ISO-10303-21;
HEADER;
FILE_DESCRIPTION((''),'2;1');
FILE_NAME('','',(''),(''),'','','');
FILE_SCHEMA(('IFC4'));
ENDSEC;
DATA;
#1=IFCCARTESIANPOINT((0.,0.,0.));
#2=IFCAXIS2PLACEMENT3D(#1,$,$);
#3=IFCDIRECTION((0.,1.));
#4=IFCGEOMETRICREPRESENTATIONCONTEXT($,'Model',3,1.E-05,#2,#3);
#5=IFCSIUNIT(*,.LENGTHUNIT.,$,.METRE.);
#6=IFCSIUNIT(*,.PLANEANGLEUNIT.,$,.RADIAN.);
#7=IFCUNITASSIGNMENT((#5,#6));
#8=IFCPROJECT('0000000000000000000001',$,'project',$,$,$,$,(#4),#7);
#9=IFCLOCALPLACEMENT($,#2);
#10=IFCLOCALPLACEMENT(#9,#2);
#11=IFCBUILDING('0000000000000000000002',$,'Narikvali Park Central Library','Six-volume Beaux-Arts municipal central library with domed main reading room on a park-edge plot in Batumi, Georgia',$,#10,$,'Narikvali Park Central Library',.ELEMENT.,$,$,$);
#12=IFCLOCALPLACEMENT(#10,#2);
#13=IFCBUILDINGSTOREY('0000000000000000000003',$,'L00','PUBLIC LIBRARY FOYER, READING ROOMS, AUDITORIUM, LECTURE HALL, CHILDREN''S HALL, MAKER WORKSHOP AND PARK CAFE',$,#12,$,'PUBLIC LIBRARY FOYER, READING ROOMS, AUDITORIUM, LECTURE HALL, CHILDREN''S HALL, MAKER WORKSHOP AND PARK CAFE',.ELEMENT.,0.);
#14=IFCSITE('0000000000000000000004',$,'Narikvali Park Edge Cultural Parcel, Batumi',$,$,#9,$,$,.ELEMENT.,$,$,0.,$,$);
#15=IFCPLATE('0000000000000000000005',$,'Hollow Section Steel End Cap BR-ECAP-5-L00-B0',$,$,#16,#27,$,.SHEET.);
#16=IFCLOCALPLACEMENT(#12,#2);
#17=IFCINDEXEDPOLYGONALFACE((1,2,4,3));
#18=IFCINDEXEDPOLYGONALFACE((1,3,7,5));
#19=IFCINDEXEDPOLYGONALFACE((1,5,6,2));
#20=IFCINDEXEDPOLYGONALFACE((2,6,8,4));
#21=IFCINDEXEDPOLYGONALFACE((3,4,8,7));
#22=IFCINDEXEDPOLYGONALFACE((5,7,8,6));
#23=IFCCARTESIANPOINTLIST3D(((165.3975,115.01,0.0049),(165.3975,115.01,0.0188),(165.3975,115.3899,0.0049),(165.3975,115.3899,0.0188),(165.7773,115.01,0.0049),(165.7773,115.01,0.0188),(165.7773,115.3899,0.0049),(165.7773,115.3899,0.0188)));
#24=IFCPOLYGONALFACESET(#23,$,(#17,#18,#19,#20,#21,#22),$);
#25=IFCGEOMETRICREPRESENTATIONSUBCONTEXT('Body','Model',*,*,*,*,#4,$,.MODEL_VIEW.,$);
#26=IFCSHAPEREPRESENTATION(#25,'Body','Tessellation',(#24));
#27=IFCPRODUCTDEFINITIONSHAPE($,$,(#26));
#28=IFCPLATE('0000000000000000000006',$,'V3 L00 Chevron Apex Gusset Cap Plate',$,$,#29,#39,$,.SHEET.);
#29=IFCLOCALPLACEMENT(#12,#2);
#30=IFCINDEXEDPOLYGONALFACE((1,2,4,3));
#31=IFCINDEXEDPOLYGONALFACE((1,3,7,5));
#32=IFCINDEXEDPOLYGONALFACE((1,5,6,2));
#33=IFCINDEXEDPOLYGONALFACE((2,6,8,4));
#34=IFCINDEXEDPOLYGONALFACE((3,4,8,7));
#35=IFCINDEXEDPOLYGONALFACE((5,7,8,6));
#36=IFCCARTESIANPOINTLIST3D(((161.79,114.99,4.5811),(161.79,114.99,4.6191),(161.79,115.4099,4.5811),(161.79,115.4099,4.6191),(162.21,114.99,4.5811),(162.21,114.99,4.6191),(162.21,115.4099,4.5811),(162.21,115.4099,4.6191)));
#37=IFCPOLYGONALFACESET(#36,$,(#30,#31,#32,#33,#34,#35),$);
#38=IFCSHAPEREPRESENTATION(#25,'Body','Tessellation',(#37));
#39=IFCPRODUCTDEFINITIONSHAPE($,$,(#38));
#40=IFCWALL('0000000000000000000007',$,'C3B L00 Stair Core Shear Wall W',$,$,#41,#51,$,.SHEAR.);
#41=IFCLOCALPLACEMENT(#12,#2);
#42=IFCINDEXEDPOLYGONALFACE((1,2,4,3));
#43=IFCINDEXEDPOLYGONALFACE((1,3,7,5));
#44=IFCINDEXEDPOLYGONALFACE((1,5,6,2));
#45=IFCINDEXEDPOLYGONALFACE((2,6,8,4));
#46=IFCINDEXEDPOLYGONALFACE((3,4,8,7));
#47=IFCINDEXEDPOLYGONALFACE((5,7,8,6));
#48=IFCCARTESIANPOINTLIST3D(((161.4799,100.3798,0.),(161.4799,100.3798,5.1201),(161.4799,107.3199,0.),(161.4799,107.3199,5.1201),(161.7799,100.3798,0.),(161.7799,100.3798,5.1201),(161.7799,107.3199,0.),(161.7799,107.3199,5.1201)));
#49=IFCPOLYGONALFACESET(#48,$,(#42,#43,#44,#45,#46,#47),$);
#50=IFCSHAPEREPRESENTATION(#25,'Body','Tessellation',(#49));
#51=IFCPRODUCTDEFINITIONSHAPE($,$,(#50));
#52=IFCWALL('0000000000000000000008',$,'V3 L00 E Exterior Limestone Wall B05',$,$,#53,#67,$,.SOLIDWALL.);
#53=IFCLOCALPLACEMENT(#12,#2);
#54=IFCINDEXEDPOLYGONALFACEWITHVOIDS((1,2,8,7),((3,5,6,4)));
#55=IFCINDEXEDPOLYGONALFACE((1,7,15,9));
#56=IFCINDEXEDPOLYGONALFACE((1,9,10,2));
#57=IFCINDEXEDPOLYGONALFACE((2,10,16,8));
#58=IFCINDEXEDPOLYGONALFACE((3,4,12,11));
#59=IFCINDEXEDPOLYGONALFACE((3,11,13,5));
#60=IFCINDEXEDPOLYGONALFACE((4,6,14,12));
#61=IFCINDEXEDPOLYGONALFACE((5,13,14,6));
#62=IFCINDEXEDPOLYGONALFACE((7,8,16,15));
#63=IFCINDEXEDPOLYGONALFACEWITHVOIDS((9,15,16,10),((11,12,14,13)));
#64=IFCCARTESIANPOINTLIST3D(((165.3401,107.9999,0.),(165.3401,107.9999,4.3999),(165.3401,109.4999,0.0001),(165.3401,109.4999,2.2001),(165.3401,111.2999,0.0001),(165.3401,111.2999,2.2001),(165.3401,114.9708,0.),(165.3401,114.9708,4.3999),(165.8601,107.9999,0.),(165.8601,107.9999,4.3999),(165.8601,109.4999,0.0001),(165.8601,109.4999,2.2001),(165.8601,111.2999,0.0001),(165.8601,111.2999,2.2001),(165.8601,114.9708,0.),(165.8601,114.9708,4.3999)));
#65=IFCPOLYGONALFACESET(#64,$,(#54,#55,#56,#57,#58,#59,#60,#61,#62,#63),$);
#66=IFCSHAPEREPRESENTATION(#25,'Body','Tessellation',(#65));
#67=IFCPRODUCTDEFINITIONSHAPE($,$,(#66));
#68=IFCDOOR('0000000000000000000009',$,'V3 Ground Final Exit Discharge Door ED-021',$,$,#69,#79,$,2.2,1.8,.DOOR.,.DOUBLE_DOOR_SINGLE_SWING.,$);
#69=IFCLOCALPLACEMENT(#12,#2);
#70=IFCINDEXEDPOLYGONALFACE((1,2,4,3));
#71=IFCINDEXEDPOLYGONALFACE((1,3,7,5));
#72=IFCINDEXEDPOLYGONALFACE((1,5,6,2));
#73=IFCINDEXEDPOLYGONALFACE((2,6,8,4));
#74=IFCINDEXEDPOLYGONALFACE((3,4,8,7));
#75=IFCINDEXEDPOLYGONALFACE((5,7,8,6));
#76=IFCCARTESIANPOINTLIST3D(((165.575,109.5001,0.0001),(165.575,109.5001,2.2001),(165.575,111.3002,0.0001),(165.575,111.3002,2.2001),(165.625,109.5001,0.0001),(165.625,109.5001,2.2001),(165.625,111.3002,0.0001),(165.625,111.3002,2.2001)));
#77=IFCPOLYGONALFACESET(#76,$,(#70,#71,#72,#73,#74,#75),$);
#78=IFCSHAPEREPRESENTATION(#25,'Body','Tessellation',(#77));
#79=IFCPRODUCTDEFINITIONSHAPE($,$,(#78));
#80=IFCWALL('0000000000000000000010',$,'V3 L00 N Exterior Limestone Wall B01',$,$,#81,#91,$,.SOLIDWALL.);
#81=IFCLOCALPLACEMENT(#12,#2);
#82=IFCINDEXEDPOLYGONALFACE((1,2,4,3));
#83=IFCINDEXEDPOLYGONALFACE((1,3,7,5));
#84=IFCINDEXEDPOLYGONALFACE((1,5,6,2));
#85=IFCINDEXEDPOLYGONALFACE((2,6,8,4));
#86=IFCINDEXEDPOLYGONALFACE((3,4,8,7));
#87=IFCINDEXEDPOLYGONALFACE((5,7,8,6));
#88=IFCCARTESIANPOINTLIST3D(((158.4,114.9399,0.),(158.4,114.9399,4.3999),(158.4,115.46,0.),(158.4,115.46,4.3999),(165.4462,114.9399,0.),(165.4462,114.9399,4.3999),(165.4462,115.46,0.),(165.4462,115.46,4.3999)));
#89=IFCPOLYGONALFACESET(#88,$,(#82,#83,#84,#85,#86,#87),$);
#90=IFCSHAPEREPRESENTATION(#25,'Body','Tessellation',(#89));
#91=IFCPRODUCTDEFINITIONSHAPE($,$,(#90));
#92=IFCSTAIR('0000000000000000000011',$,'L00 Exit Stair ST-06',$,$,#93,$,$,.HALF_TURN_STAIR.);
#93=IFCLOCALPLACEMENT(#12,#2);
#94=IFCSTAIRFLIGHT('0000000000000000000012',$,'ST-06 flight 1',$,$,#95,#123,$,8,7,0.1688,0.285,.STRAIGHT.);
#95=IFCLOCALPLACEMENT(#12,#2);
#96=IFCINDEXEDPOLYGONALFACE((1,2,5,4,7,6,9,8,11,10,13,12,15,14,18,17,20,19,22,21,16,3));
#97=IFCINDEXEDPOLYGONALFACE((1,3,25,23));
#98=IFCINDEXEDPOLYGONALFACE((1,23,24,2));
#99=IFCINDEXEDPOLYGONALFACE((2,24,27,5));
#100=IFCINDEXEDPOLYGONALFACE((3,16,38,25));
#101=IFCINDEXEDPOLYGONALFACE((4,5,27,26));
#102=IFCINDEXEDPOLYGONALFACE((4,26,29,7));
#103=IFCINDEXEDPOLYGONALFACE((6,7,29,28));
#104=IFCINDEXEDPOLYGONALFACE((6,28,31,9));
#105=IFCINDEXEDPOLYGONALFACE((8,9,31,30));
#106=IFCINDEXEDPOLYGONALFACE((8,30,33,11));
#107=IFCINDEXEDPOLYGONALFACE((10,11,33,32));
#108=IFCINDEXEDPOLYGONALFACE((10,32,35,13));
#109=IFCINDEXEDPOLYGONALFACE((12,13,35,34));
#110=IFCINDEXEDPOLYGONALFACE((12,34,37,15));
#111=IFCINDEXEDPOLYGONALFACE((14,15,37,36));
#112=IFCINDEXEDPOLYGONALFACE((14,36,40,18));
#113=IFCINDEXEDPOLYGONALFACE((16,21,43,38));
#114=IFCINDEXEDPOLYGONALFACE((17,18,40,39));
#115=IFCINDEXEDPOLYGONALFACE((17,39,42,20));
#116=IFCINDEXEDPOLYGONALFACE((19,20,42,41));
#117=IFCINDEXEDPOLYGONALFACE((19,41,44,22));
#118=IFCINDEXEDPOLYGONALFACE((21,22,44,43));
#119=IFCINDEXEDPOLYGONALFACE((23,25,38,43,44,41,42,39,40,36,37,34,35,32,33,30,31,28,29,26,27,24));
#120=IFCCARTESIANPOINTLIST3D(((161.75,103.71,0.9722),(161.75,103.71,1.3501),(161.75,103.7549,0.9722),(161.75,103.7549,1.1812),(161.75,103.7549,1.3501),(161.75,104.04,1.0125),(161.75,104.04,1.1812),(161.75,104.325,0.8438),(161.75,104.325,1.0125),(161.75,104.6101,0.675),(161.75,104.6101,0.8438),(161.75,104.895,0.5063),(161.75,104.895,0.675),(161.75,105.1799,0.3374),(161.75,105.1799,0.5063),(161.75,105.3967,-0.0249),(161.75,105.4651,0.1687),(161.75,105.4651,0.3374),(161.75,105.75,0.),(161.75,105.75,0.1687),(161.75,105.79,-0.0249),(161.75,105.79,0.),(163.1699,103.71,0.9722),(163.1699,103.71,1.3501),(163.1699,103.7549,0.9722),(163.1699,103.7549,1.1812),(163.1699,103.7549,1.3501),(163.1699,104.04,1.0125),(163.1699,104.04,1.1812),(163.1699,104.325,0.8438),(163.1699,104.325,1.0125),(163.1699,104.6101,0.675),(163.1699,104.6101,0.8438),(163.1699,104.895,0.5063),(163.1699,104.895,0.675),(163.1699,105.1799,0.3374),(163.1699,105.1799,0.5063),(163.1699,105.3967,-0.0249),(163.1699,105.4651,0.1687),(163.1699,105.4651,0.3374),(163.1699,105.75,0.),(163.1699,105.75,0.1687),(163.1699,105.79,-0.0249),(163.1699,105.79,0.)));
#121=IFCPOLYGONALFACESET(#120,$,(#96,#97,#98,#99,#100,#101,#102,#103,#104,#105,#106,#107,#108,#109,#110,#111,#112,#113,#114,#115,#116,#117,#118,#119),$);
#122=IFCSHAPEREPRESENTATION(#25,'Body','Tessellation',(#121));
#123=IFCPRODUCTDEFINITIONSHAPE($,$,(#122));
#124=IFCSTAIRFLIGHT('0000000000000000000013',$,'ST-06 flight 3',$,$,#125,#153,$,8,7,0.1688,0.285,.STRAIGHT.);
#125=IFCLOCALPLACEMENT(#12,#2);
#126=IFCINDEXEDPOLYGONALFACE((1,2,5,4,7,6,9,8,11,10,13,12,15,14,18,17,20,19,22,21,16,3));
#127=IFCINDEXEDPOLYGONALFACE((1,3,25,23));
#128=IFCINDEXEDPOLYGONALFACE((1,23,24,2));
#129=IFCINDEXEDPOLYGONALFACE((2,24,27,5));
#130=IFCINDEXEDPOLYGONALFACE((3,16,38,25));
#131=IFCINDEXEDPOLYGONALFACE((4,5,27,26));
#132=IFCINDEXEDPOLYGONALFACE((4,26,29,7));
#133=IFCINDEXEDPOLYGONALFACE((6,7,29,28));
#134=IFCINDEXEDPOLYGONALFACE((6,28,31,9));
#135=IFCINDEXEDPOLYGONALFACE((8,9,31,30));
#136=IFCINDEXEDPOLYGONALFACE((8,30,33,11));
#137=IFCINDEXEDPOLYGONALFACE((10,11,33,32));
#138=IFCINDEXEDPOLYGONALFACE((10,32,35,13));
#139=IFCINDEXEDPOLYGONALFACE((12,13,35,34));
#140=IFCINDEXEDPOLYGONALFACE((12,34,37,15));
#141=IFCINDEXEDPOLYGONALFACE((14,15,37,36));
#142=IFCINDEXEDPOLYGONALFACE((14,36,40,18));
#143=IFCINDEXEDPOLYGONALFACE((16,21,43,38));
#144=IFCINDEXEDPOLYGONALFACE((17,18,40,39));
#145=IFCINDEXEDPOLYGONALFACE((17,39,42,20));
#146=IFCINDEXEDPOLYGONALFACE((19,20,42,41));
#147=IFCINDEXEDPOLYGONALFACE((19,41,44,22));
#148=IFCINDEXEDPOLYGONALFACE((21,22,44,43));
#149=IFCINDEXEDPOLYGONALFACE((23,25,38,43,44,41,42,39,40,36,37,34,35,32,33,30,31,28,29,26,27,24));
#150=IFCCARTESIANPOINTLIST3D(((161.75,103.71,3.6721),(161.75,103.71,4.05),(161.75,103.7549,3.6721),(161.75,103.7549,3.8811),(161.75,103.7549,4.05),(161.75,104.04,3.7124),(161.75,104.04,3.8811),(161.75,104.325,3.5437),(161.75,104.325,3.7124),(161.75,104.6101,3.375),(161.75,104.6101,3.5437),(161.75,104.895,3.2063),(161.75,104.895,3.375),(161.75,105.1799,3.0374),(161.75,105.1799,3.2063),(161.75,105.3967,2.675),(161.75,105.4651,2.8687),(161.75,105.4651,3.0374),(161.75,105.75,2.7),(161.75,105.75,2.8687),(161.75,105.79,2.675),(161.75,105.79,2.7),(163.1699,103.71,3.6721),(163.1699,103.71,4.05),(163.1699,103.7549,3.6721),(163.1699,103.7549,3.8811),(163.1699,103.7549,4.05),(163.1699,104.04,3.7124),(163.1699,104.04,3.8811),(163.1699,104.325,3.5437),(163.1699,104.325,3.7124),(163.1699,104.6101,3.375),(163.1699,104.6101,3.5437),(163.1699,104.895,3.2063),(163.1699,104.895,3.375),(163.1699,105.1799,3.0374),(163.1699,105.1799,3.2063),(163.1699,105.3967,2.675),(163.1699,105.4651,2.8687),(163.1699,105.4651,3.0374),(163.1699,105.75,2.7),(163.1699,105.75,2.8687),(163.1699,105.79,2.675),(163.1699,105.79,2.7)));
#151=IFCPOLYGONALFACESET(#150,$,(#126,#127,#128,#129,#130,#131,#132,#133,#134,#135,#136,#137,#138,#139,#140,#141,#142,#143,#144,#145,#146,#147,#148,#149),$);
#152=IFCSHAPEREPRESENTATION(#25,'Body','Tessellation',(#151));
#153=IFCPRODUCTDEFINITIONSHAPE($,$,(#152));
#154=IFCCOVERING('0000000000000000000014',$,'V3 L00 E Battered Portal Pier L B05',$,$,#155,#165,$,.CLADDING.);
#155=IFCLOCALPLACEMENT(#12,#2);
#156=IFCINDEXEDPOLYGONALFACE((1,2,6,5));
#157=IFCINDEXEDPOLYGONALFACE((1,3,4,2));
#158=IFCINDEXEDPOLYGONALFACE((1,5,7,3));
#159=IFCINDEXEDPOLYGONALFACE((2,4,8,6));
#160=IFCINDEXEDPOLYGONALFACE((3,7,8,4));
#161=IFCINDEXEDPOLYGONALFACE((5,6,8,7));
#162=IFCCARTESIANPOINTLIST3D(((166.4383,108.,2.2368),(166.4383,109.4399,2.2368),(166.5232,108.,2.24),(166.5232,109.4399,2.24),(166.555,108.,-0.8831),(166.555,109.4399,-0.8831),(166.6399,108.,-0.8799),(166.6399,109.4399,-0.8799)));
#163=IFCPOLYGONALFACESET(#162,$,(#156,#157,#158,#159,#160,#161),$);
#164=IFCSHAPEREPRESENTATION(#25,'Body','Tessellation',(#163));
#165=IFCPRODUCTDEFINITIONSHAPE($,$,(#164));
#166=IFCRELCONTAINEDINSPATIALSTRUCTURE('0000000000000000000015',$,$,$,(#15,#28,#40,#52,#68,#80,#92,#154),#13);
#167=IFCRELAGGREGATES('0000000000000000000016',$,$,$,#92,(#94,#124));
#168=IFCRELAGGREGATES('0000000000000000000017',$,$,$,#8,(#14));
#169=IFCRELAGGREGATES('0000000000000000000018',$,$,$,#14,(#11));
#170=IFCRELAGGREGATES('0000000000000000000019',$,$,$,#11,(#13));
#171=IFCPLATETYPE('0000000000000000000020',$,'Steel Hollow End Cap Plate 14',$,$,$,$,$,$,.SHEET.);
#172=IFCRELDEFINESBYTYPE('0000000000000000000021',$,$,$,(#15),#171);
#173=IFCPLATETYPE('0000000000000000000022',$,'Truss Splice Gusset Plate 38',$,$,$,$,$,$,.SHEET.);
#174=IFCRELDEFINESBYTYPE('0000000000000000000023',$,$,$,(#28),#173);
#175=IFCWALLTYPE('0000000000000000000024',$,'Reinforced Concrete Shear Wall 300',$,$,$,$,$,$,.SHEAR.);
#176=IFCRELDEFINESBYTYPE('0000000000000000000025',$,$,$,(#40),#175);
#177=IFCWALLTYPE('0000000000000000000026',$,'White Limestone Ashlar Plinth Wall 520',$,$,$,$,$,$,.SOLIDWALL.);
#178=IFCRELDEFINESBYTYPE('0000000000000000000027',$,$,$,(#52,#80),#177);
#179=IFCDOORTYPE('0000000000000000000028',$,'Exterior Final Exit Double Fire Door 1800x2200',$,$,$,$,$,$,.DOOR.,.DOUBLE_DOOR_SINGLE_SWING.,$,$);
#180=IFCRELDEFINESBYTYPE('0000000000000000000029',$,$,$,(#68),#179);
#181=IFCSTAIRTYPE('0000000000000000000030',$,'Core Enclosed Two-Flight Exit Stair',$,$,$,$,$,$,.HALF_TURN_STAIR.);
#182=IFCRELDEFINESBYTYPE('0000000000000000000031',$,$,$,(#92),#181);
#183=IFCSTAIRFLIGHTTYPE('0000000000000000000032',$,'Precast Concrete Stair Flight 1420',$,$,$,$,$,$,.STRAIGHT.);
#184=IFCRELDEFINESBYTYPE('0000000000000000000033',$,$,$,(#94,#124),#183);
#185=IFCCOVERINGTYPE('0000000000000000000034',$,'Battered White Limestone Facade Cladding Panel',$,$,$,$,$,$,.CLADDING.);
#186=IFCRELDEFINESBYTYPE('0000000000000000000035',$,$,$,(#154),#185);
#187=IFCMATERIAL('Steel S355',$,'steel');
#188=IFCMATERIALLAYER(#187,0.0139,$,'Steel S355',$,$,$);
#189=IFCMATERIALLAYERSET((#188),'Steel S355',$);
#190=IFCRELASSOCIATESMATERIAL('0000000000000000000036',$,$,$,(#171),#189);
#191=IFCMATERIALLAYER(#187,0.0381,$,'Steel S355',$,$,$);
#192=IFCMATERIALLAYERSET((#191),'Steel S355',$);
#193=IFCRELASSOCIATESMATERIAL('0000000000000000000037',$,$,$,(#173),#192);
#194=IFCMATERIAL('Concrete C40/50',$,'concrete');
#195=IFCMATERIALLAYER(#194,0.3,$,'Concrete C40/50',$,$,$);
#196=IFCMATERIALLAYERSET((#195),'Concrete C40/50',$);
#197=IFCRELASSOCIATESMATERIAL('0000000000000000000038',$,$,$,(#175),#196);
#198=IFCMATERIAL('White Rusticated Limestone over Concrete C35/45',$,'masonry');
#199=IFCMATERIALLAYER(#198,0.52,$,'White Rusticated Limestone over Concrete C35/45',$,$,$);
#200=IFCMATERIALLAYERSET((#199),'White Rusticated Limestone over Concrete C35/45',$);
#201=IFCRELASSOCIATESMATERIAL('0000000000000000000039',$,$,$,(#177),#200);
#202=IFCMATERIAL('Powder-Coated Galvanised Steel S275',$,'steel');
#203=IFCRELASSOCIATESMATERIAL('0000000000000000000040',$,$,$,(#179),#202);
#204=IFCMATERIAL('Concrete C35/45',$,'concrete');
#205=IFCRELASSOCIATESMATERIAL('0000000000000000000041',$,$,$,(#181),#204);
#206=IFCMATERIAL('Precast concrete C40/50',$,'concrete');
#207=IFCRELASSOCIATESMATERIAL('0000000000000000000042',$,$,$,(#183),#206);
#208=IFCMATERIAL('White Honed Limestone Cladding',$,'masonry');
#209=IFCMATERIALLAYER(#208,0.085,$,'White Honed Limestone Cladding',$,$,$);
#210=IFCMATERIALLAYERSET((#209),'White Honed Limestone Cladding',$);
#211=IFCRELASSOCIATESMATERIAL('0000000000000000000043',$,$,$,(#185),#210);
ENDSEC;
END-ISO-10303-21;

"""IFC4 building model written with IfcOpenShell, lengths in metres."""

from ifc_helpers import new_model, si_unit, direction, frame, frame_2d, origin, origin_2d, place, context, subcontext, project, spatial, polyline, rectangle, outline, extrude, material, layer, layer_set, type_object, element, fill, aggregate, save


model = new_model("IFC4")

# Units and contexts
model_context = context("Model", 3, precision=1e-05, world=origin(), true_north=direction((0.0, 1.0)))
body_context = subcontext(model_context, "Body", "Model", "MODEL_VIEW")
ifc_project = project(units=[si_unit("LENGTHUNIT", "METRE"), si_unit("PLANEANGLEUNIT", "RADIAN")], contexts=[model_context])

# Site, building, storey
site_placement = place(None, origin())
site = spatial("IfcSite", under=ifc_project, at=site_placement, Name="Narikvali Park Edge Cultural Parcel, Batumi", CompositionType="ELEMENT", RefElevation=0.0)
building_placement = place(site_placement, origin())
building = spatial("IfcBuilding", under=site, at=building_placement, Name="Narikvali Park Central Library", Description="Six-volume Beaux-Arts municipal central library with domed main reading room on a park-edge plot in Batumi, Georgia", LongName="Narikvali Park Central Library", CompositionType="ELEMENT")
storey_placement = place(building_placement, origin())
storey = spatial("IfcBuildingStorey", under=building, at=storey_placement, Name="L00", Description="PUBLIC LIBRARY FOYER, READING ROOMS, AUDITORIUM, LECTURE HALL, CHILDREN'S HALL, MAKER WORKSHOP AND PARK CAFE", LongName="PUBLIC LIBRARY FOYER, READING ROOMS, AUDITORIUM, LECTURE HALL, CHILDREN'S HALL, MAKER WORKSHOP AND PARK CAFE", CompositionType="ELEMENT", Elevation=0.0)

# Shared definitions
ifc_material_1 = material(Name="Steel S355", Category="steel")

# Plates
ifc_layer_1 = layer(ifc_material_1, 0.0139, Name="Steel S355")
ifc_layer_set_1 = layer_set([ifc_layer_1], Name="Steel S355")
plate_type_1 = type_object("IfcPlateType", Name="Steel Hollow End Cap Plate 14", PredefinedType="SHEET", material=ifc_layer_set_1)
plate_1_placement = place(storey_placement, frame((165.5874, 115.2, 0.0049), z_axis=(0.0, 0.0, 1.0), x_axis=(1.0, 0.0, 0.0)))
element("IfcPlate", 1, at=plate_1_placement, inside=storey, type_object=plate_type_1, Name="Hollow Section Steel End Cap BR-ECAP-5-L00-B0", PredefinedType="SHEET", context=body_context, shape_type="SweptSolid", body=[
    extrude(rectangle(XDim=0.3799, YDim=0.3799, at=origin_2d()), origin(), (0.0, 0.0, 1.0), 0.0139),
])
ifc_layer_2 = layer(ifc_material_1, 0.0381, Name="Steel S355")
ifc_layer_set_2 = layer_set([ifc_layer_2], Name="Steel S355")
plate_type_2 = type_object("IfcPlateType", Name="Truss Splice Gusset Plate 38", PredefinedType="SHEET", material=ifc_layer_set_2)
plate_2_placement = place(storey_placement, frame((162.0, 115.2, 4.5811), z_axis=(0.0, 0.0, 1.0), x_axis=(1.0, 0.0, 0.0)))
element("IfcPlate", 2, at=plate_2_placement, inside=storey, type_object=plate_type_2, Name="V3 L00 Chevron Apex Gusset Cap Plate", PredefinedType="SHEET", context=body_context, shape_type="SweptSolid", body=[
    extrude(rectangle(XDim=0.4199, YDim=0.4199, at=origin_2d()), origin(), (0.0, 0.0, 1.0), 0.0381),
])

# Shared definitions
ifc_material_2 = material(Name="Concrete C40/50", Category="concrete")
ifc_layer_3 = layer(ifc_material_2, 0.3, Name="Concrete C40/50")
ifc_layer_set_3 = layer_set([ifc_layer_3], Name="Concrete C40/50")
wall_type_1 = type_object("IfcWallType", Name="Reinforced Concrete Shear Wall 300", PredefinedType="SHEAR", material=ifc_layer_set_3)

# Wall
wall_1_placement = place(storey_placement, frame((161.6299, 107.3201, 0.0), z_axis=(0.0, 0.0, 1.0), x_axis=(0.0, -1.0, 0.0)))
element("IfcWall", 3, at=wall_1_placement, inside=storey, type_object=wall_type_1, Name="C3B L00 Stair Core Shear Wall W", PredefinedType="SHEAR", context=body_context, shape_type="SweptSolid", body=[
    extrude(rectangle(XDim=6.9402, YDim=0.3, at=frame_2d((3.4702, 0.0))), origin(), (0.0, 0.0, 1.0), 5.1201),
])

# Wall, opening, door
ifc_material_3 = material(Name="White Rusticated Limestone over Concrete C35/45", Category="masonry")
ifc_layer_4 = layer(ifc_material_3, 0.52, Name="White Rusticated Limestone over Concrete C35/45")
ifc_layer_set_4 = layer_set([ifc_layer_4], Name="White Rusticated Limestone over Concrete C35/45")
wall_type_2 = type_object("IfcWallType", Name="White Limestone Ashlar Plinth Wall 520", PredefinedType="SOLIDWALL", material=ifc_layer_set_4)
wall_2_placement = place(storey_placement, frame((165.6001, 108.0, 0.0), z_axis=(0.0, 0.0, 1.0), x_axis=(0.0, 1.0, 0.0)))
wall_2 = element("IfcWall", 4, at=wall_2_placement, inside=storey, type_object=wall_type_2, Name="V3 L00 E Exterior Limestone Wall B05", PredefinedType="SOLIDWALL", context=body_context, shape_type="SweptSolid", body=[
    extrude(rectangle(XDim=6.9709, YDim=0.52, at=frame_2d((3.4854, 0.0))), origin(), (0.0, 0.0, 1.0), 4.3999),
])
opening_1_placement = place(wall_2_placement, frame((1.5, 0.0, 0.0)))
opening_1 = element("IfcOpeningElement", 5, at=opening_1_placement, cuts=wall_2, PredefinedType="OPENING", context=body_context, shape_type="SweptSolid", body=[
    extrude(rectangle(XDim=1.8, YDim=2.2, at=frame_2d((0.8999, 1.1001))), frame((0.0, 0.272, 0.0), z_axis=(0.0, -1.0, 0.0), x_axis=(1.0, 0.0, 0.0)), (0.0, 0.0, 1.0), 0.5439),
])
ifc_material_4 = material(Name="Powder-Coated Galvanised Steel S275", Category="steel")
door_type_1 = type_object("IfcDoorType", Name="Exterior Final Exit Double Fire Door 1800x2200", OperationType="DOUBLE_DOOR_SINGLE_SWING", PredefinedType="DOOR", material=ifc_material_4)
door_1_placement = place(opening_1_placement, frame((1.8, 0.0, 0.0), z_axis=(0.0, 0.0, 1.0), x_axis=(-1.0, 0.0, 0.0)))
door_1 = element("IfcDoor", 6, at=door_1_placement, inside=storey, type_object=door_type_1, Name="V3 Ground Final Exit Discharge Door ED-021", OperationType="DOUBLE_DOOR_SINGLE_SWING", OverallHeight=2.2, OverallWidth=1.8, PredefinedType="DOOR", context=body_context, shape_type="SweptSolid", body=[
    extrude(rectangle(XDim=1.8, YDim=2.2, at=frame_2d((0.8999, 1.1001))), frame((0.0, 0.0249, 0.0), z_axis=(0.0, -1.0, 0.0), x_axis=(1.0, 0.0, 0.0)), (0.0, 0.0, 1.0), 0.05),
])
fill(opening_1, door_1)

# Wall
wall_3_placement = place(storey_placement, frame((165.446, 115.2, 0.0), z_axis=(0.0, 0.0, 1.0), x_axis=(-1.0, 0.0, 0.0)))
element("IfcWall", 7, at=wall_3_placement, inside=storey, type_object=wall_type_2, Name="V3 L00 N Exterior Limestone Wall B01", PredefinedType="SOLIDWALL", context=body_context, shape_type="SweptSolid", body=[
    extrude(rectangle(XDim=7.0461, YDim=0.52, at=frame_2d((3.5229, 0.0))), origin(), (0.0, 0.0, 1.0), 4.3999),
])

# Stair, stair flights
ifc_material_5 = material(Name="Concrete C35/45", Category="concrete")
stair_type = type_object("IfcStairType", Name="Core Enclosed Two-Flight Exit Stair", PredefinedType="HALF_TURN_STAIR", material=ifc_material_5)
stair_placement = place(storey_placement, origin())
stair = element("IfcStair", 8, at=stair_placement, inside=storey, type_object=stair_type, Name="L00 Exit Stair ST-06", PredefinedType="HALF_TURN_STAIR")
ifc_material_6 = material(Name="Precast concrete C40/50", Category="concrete")
stair_flight_type = type_object("IfcStairFlightType", Name="Precast Concrete Stair Flight 1420", PredefinedType="STRAIGHT", material=ifc_material_6)
stair_flight_1_placement = place(storey_placement, frame((162.46, 105.75, 0.0), z_axis=(0.0, 0.0, 1.0), x_axis=(0.0, -1.0, 0.0)))
stair_flight_1 = element("IfcStairFlight", 9, at=stair_flight_1_placement, type_object=stair_flight_type, Name="ST-06 flight 1", NumberOfRisers=8, NumberOfTreads=7, PredefinedType="STRAIGHT", RiserHeight=0.1688, TreadLength=0.285, context=body_context, shape_type="SweptSolid", body=[
    extrude(outline(polyline([(-0.04, -0.0249), (-0.04, 0.0), (0.0, 0.0), (0.0, 0.1687), (0.2849, 0.1687), (0.2849, 0.3374), (0.5701, 0.3374), (0.5701, 0.5063), (0.855, 0.5063), (0.855, 0.675), (1.1399, 0.675), (1.1399, 0.8438), (1.425, 0.8438), (1.425, 1.0125), (1.71, 1.0125), (1.71, 1.1812), (1.9951, 1.1812), (1.9951, 1.3501), (2.04, 1.3501), (2.04, 0.9722), (1.9951, 0.9722), (0.3533, -0.0249), (-0.04, -0.0249)])), frame((0.0, 0.71, 0.0), z_axis=(0.0, -1.0, 0.0), x_axis=(1.0, 0.0, 0.0)), (0.0, 0.0, 1.0), 1.4199),
])
stair_flight_2_placement = place(storey_placement, frame((162.46, 105.75, 2.7), z_axis=(0.0, 0.0, 1.0), x_axis=(0.0, -1.0, 0.0)))
stair_flight_2 = element("IfcStairFlight", 10, at=stair_flight_2_placement, type_object=stair_flight_type, Name="ST-06 flight 3", NumberOfRisers=8, NumberOfTreads=7, PredefinedType="STRAIGHT", RiserHeight=0.1688, TreadLength=0.285, context=body_context, shape_type="SweptSolid", body=[
    extrude(outline(polyline([(-0.04, -0.0249), (-0.04, 0.0), (0.0, 0.0), (0.0, 0.1687), (0.2849, 0.1687), (0.2849, 0.3374), (0.5701, 0.3374), (0.5701, 0.5063), (0.855, 0.5063), (0.855, 0.675), (1.1399, 0.675), (1.1399, 0.8438), (1.425, 0.8438), (1.425, 1.0125), (1.71, 1.0125), (1.71, 1.1812), (1.9951, 1.1812), (1.9951, 1.3501), (2.04, 1.3501), (2.04, 0.9722), (1.9951, 0.9722), (0.3533, -0.0249), (-0.04, -0.0249)])), frame((0.0, 0.71, 0.0), z_axis=(0.0, -1.0, 0.0), x_axis=(1.0, 0.0, 0.0)), (0.0, 0.0, 1.0), 1.4199),
])
aggregate(stair, [stair_flight_1, stair_flight_2])

# Covering
ifc_material_7 = material(Name="White Honed Limestone Cladding", Category="masonry")
ifc_layer_5 = layer(ifc_material_7, 0.085, Name="White Honed Limestone Cladding")
ifc_layer_set_5 = layer_set([ifc_layer_5], Name="White Honed Limestone Cladding")
covering_type = type_object("IfcCoveringType", Name="Battered White Limestone Facade Cladding Panel", PredefinedType="CLADDING", material=ifc_layer_set_5)
covering_1_placement = place(storey_placement, frame((166.6399, 108.0, -0.8799), z_axis=(0.999301, 0.0, 0.037379), x_axis=(0.0, 1.0, 0.0)))
element("IfcCovering", 11, at=covering_1_placement, inside=storey, type_object=covering_type, Name="V3 L00 E Battered Portal Pier L B05", PredefinedType="CLADDING", context=body_context, shape_type="SweptSolid", body=[
    extrude(outline(polyline([(0.0, 0.0), (1.4399, 0.0), (1.4399, 3.1221), (0.0, 3.1221), (0.0, 0.0)])), origin(), (0.0, 0.0, -1.0), 0.085),
])

save(model, "model.ifc")
